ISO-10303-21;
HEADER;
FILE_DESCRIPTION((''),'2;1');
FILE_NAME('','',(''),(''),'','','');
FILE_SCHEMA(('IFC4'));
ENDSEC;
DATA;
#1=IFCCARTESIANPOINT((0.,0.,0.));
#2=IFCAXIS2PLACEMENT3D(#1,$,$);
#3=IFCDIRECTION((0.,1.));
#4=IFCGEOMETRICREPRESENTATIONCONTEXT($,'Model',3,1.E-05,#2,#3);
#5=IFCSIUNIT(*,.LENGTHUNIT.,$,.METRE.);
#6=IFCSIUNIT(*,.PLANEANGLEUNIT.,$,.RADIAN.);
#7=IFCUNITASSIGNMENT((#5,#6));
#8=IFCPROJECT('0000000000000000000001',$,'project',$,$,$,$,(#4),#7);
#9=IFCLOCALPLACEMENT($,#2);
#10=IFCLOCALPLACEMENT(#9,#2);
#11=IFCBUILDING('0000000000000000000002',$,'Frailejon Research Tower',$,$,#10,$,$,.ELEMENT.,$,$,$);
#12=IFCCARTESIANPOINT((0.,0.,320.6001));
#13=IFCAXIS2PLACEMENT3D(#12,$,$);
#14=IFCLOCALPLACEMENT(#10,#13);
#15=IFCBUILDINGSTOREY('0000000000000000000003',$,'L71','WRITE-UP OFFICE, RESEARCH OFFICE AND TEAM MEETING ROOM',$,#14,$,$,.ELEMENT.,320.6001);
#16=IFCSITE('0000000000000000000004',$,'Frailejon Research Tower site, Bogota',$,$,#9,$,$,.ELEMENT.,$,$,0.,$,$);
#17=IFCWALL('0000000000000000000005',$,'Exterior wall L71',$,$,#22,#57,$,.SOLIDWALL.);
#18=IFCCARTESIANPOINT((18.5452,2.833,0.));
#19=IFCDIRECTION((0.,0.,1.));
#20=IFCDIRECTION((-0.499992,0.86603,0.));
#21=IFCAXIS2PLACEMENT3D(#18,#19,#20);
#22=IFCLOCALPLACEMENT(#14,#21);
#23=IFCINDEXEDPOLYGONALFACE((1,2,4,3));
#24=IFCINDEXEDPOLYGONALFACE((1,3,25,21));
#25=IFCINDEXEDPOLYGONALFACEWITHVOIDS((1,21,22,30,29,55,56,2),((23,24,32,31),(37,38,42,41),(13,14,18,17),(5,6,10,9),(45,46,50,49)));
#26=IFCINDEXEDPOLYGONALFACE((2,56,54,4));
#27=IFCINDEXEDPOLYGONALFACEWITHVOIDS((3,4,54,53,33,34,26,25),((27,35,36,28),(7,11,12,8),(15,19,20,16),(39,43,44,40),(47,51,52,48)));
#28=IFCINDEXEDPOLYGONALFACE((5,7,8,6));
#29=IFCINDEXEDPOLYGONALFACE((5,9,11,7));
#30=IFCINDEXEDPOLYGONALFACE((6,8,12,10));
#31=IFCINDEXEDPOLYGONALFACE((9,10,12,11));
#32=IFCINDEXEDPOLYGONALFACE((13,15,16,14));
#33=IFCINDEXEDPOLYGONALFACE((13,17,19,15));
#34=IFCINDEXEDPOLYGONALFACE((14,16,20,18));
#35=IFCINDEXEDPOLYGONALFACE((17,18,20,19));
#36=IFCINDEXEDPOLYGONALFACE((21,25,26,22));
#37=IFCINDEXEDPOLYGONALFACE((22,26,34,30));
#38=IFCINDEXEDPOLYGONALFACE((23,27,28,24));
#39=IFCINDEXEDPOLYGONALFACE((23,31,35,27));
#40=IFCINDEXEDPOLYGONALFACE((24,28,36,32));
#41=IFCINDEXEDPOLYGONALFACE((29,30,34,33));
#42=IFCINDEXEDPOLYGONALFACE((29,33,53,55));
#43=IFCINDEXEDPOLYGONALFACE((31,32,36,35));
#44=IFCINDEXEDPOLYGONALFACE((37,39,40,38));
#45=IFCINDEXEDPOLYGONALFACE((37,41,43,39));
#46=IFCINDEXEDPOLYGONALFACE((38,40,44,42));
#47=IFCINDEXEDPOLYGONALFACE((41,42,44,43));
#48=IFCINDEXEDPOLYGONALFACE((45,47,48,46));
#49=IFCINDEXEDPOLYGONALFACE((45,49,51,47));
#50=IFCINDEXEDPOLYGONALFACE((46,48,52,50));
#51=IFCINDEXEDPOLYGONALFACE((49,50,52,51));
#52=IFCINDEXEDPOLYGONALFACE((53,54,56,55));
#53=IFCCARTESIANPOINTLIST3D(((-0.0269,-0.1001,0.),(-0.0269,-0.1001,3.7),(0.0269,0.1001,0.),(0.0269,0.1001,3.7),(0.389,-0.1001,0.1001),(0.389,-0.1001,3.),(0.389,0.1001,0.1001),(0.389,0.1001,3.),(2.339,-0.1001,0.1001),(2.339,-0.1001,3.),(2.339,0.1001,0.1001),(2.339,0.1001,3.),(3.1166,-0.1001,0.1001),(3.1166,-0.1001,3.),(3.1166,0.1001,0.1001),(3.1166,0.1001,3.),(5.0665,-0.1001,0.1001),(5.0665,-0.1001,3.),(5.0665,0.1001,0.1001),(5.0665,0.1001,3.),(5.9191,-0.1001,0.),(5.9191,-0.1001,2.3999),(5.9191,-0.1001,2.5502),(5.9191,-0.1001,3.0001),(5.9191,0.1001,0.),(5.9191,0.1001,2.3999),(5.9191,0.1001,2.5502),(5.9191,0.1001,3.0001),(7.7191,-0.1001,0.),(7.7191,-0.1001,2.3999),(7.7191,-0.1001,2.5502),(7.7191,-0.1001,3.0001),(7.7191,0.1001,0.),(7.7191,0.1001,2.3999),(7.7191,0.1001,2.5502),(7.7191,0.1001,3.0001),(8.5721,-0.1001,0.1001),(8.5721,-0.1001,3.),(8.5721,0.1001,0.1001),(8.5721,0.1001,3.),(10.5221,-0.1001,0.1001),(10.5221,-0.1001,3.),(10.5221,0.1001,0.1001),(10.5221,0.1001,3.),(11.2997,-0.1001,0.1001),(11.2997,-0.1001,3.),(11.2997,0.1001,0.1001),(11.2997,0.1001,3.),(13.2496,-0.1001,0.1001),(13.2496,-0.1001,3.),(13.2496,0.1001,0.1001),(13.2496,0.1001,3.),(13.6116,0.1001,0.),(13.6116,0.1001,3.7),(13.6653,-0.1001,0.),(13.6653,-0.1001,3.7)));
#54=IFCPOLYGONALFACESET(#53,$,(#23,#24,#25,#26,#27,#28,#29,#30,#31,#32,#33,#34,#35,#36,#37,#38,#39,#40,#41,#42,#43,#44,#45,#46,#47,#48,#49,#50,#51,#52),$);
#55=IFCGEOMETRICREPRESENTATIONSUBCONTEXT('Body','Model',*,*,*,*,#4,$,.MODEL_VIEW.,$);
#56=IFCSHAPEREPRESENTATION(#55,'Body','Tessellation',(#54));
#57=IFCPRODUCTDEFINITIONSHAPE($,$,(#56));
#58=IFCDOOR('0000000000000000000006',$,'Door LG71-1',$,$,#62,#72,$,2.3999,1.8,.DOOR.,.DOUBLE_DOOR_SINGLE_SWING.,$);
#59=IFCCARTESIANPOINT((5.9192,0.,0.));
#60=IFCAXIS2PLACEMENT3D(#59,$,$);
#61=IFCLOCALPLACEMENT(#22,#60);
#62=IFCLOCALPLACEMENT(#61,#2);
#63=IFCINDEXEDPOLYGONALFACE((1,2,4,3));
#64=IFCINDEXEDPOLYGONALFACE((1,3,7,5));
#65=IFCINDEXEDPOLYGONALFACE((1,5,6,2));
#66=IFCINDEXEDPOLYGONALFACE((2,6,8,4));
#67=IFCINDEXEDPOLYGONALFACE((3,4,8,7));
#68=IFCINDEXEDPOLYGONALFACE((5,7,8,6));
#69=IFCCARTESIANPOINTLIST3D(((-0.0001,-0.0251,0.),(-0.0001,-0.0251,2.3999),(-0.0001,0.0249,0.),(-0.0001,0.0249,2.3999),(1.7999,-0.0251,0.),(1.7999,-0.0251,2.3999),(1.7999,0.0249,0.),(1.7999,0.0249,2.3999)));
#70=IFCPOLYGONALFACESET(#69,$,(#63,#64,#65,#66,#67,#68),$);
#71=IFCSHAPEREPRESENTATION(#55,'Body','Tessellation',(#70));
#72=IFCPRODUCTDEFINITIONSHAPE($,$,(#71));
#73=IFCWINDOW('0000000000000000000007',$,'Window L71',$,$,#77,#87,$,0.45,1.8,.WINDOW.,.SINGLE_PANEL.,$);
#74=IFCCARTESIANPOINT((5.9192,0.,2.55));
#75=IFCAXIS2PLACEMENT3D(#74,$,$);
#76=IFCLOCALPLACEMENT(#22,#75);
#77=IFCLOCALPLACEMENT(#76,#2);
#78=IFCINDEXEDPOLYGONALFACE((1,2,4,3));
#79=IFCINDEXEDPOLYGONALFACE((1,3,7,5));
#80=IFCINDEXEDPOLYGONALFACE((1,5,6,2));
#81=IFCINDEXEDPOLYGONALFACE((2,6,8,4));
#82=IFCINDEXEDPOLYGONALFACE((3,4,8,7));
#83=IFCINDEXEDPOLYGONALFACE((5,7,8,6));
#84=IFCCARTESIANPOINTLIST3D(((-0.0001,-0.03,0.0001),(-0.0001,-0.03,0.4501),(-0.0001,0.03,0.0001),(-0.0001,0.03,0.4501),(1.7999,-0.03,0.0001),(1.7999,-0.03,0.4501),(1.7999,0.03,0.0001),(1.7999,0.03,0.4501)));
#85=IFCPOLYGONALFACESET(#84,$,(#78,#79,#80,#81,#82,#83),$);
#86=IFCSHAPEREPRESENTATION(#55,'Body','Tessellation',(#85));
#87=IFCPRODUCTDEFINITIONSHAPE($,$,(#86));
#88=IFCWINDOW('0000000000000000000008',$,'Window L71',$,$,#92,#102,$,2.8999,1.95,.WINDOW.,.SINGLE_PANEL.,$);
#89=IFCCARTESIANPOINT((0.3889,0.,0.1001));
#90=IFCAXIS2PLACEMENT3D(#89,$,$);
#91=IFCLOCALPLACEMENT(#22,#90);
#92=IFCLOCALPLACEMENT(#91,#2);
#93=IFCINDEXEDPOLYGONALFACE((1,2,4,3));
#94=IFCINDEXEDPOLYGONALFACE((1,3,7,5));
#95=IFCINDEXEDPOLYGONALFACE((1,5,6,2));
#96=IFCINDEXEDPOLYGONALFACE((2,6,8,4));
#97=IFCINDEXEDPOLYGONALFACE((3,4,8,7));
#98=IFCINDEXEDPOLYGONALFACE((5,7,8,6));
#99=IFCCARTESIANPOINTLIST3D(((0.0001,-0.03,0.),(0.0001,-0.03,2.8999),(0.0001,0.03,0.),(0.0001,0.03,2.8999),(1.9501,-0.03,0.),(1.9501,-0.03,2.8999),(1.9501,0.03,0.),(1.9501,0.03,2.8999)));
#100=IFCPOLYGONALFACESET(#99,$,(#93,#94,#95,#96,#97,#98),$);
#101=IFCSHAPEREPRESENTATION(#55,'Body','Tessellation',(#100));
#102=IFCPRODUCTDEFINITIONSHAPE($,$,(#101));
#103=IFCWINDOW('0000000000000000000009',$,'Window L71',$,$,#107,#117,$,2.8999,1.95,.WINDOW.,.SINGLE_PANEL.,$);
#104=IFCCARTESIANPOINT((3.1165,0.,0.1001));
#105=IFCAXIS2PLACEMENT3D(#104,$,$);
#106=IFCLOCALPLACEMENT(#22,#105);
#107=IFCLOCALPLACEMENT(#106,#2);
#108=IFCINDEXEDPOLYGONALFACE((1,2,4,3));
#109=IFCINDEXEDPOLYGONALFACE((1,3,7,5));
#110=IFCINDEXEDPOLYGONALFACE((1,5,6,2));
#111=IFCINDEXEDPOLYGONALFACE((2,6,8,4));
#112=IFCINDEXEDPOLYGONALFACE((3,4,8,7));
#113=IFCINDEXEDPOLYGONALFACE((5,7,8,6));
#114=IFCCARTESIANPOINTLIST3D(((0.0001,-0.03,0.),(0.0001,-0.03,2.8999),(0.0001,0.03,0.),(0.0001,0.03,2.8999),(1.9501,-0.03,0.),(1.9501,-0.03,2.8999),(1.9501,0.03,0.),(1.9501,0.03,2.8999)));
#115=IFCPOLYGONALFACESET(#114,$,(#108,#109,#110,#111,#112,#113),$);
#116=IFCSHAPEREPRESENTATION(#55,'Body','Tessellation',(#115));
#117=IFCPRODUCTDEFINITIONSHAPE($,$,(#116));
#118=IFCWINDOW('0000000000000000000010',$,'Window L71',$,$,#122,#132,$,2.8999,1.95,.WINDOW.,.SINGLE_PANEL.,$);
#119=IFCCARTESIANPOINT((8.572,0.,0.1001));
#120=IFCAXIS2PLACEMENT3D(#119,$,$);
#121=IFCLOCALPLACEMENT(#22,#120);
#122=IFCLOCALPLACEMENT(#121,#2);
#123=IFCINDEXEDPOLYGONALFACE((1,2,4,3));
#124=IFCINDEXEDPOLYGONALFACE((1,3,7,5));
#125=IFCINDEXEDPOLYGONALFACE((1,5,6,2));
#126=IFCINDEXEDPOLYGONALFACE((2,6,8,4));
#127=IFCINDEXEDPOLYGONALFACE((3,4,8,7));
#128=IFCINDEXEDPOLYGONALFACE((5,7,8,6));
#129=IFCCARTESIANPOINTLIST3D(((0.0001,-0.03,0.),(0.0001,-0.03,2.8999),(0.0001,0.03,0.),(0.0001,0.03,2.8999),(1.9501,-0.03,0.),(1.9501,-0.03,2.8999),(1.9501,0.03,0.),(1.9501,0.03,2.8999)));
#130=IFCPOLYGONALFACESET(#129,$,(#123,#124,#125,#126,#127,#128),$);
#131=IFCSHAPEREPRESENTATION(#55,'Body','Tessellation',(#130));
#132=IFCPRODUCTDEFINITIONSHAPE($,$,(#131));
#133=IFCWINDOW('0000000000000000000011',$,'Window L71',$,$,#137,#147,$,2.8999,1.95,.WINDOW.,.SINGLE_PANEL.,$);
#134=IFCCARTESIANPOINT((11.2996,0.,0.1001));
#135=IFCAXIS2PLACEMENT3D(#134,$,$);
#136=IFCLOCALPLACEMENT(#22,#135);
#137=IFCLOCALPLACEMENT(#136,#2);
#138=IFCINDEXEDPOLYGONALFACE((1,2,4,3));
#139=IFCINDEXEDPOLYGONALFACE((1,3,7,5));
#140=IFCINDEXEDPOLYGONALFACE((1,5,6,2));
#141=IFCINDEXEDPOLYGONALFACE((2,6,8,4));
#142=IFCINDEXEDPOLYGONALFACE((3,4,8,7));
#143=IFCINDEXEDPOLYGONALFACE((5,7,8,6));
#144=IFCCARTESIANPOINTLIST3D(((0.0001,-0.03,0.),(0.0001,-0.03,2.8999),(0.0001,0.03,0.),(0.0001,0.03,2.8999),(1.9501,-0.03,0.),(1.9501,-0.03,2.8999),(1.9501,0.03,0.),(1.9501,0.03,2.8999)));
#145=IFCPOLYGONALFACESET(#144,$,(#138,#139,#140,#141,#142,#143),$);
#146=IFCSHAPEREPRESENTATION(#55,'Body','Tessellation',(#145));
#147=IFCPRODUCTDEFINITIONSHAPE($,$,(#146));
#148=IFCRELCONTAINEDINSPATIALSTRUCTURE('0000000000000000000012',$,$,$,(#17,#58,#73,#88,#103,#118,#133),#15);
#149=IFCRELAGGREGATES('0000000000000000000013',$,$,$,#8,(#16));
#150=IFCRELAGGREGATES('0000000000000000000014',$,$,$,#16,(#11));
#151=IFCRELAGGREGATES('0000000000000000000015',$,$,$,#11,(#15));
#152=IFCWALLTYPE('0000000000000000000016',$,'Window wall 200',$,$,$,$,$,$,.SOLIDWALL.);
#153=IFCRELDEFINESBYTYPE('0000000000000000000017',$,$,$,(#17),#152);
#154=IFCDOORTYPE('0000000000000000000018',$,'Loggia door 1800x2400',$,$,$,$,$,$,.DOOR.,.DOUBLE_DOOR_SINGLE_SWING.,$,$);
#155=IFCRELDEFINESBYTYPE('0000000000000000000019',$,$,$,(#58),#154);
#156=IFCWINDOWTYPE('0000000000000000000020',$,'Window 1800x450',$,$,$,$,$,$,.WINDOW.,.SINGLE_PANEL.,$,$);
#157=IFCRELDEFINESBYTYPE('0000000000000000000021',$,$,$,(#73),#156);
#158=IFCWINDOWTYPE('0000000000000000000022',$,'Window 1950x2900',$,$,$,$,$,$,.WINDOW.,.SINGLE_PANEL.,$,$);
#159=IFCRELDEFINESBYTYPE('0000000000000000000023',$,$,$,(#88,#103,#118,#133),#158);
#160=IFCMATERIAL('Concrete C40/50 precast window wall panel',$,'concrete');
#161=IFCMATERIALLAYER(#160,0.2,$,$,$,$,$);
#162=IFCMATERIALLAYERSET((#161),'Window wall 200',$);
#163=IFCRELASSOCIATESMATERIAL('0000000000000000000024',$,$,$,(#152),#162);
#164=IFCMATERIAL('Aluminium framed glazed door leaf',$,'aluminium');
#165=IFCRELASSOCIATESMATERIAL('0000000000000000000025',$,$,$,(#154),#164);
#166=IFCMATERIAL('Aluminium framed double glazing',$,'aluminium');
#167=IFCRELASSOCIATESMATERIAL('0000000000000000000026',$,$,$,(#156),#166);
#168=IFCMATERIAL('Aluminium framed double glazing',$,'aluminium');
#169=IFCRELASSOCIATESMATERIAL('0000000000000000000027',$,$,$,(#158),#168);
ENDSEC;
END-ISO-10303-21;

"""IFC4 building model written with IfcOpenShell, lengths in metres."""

from ifc_helpers import new_model, si_unit, direction, frame, frame_2d, origin, place, context, subcontext, project, spatial, polyline, rectangle, outline, extrude, material, layer, layer_set, type_object, element, fill, save


model = new_model("IFC4")

# Units and contexts
model_context = context("Model", 3, precision=1e-05, world=origin(), true_north=direction((0.0, 1.0)))
body_context = subcontext(model_context, "Body", "Model", "MODEL_VIEW")
ifc_project = project(units=[si_unit("LENGTHUNIT", "METRE"), si_unit("PLANEANGLEUNIT", "RADIAN")], contexts=[model_context])

# Site, building, storey
site_placement = place(None, origin())
site = spatial("IfcSite", under=ifc_project, at=site_placement, Name="Frailejon Research Tower site, Bogota", CompositionType="ELEMENT", RefElevation=0.0)
building_placement = place(site_placement, origin())
building = spatial("IfcBuilding", under=site, at=building_placement, Name="Frailejon Research Tower", CompositionType="ELEMENT")
storey_placement = place(building_placement, frame((0.0, 0.0, 320.6001)))
storey = spatial("IfcBuildingStorey", under=building, at=storey_placement, Name="L71", Description="WRITE-UP OFFICE, RESEARCH OFFICE AND TEAM MEETING ROOM", CompositionType="ELEMENT", Elevation=320.6001)

# Wall, openings, door, windows
ifc_material_1 = material(Name="Concrete C40/50 precast window wall panel", Category="concrete")
ifc_layer_1 = layer(ifc_material_1, 0.2)
ifc_layer_set_1 = layer_set([ifc_layer_1], Name="Window wall 200")
wall_type = type_object("IfcWallType", Name="Window wall 200", PredefinedType="SOLIDWALL", material=ifc_layer_set_1)
wall_placement = place(storey_placement, frame((18.5452, 2.833, 0.0), z_axis=(0.0, 0.0, 1.0), x_axis=(-0.499992, 0.86603, 0.0)))
wall = element("IfcWall", 1, at=wall_placement, inside=storey, type_object=wall_type, Name="Exterior wall L71", PredefinedType="SOLIDWALL", context=body_context, shape_type="SweptSolid", body=[
    extrude(outline(polyline([(-0.0269, -0.1001), (1.0264, -0.1001), (2.0796, -0.1001), (3.1328, -0.1001), (4.186, -0.1001), (5.2393, -0.1001), (6.2925, -0.1001), (7.3459, -0.1001), (8.3992, -0.1001), (9.4524, -0.1001), (10.5056, -0.1001), (11.5588, -0.1001), (12.6121, -0.1001), (13.6653, -0.1001), (13.6116, 0.1001), (12.5667, 0.1001), (11.5217, 0.1001), (10.4766, 0.1001), (9.4316, 0.1001), (8.3867, 0.1001), (7.3418, 0.1001), (6.2966, 0.1001), (5.2517, 0.1001), (4.2068, 0.1001), (3.1619, 0.1001), (2.1167, 0.1001), (1.0718, 0.1001), (0.0269, 0.1001), (-0.0269, -0.1001)])), origin(), (0.0, 0.0, 1.0), 3.7),
])
opening_1_placement = place(wall_placement, frame((0.3889, 0.0, 0.1001)))
opening_1 = element("IfcOpeningElement", 2, at=opening_1_placement, cuts=wall, PredefinedType="OPENING", context=body_context, shape_type="SweptSolid", body=[
    extrude(rectangle(XDim=1.95, YDim=2.8999, at=frame_2d((0.9751, 1.45))), frame((0.0, 0.1099, 0.0), z_axis=(0.0, -1.0, 0.0), x_axis=(1.0, 0.0, 0.0)), (0.0, 0.0, 1.0), 0.22),
])
opening_2_placement = place(wall_placement, frame((3.1165, 0.0, 0.1001)))
opening_2 = element("IfcOpeningElement", 3, at=opening_2_placement, cuts=wall, PredefinedType="OPENING", context=body_context, shape_type="SweptSolid", body=[
    extrude(rectangle(XDim=1.95, YDim=2.8999, at=frame_2d((0.9751, 1.45))), frame((0.0, 0.1099, 0.0), z_axis=(0.0, -1.0, 0.0), x_axis=(1.0, 0.0, 0.0)), (0.0, 0.0, 1.0), 0.22),
])
opening_3_placement = place(wall_placement, frame((5.9192, 0.0, 0.0)))
opening_3 = element("IfcOpeningElement", 4, at=opening_3_placement, cuts=wall, PredefinedType="OPENING", context=body_context, shape_type="SweptSolid", body=[
    extrude(rectangle(XDim=1.8, YDim=2.3999, at=frame_2d((0.8999, 1.2))), frame((0.0, 0.1099, 0.0), z_axis=(0.0, -1.0, 0.0), x_axis=(1.0, 0.0, 0.0)), (0.0, 0.0, 1.0), 0.22),
])
opening_4_placement = place(wall_placement, frame((5.9192, 0.0, 2.55)))
opening_4 = element("IfcOpeningElement", 5, at=opening_4_placement, cuts=wall, PredefinedType="OPENING", context=body_context, shape_type="SweptSolid", body=[
    extrude(rectangle(XDim=1.8, YDim=0.45, at=frame_2d((0.8999, 0.2251))), frame((0.0, 0.1099, 0.0), z_axis=(0.0, -1.0, 0.0), x_axis=(1.0, 0.0, 0.0)), (0.0, 0.0, 1.0), 0.22),
])
opening_5_placement = place(wall_placement, frame((8.572, 0.0, 0.1001)))
opening_5 = element("IfcOpeningElement", 6, at=opening_5_placement, cuts=wall, PredefinedType="OPENING", context=body_context, shape_type="SweptSolid", body=[
    extrude(rectangle(XDim=1.95, YDim=2.8999, at=frame_2d((0.9751, 1.45))), frame((0.0, 0.1099, 0.0), z_axis=(0.0, -1.0, 0.0), x_axis=(1.0, 0.0, 0.0)), (0.0, 0.0, 1.0), 0.22),
])
opening_6_placement = place(wall_placement, frame((11.2996, 0.0, 0.1001)))
opening_6 = element("IfcOpeningElement", 7, at=opening_6_placement, cuts=wall, PredefinedType="OPENING", context=body_context, shape_type="SweptSolid", body=[
    extrude(rectangle(XDim=1.95, YDim=2.8999, at=frame_2d((0.9751, 1.45))), frame((0.0, 0.1099, 0.0), z_axis=(0.0, -1.0, 0.0), x_axis=(1.0, 0.0, 0.0)), (0.0, 0.0, 1.0), 0.22),
])
ifc_material_2 = material(Name="Aluminium framed glazed door leaf", Category="aluminium")
door_type = type_object("IfcDoorType", Name="Loggia door 1800x2400", OperationType="DOUBLE_DOOR_SINGLE_SWING", PredefinedType="DOOR", material=ifc_material_2)
door_placement = place(opening_3_placement, origin())
door = element("IfcDoor", 8, at=door_placement, inside=storey, type_object=door_type, Name="Door LG71-1", OperationType="DOUBLE_DOOR_SINGLE_SWING", OverallHeight=2.3999, OverallWidth=1.8, PredefinedType="DOOR", context=body_context, shape_type="SweptSolid", body=[
    extrude(rectangle(XDim=1.8, YDim=2.3999, at=frame_2d((0.8999, 1.2))), frame((0.0, 0.0249, 0.0), z_axis=(0.0, -1.0, 0.0), x_axis=(1.0, 0.0, 0.0)), (0.0, 0.0, 1.0), 0.05),
])
fill(opening_3, door)
ifc_material_3 = material(Name="Aluminium framed double glazing", Category="aluminium")
window_type_1 = type_object("IfcWindowType", Name="Window 1800x450", PartitioningType="SINGLE_PANEL", PredefinedType="WINDOW", material=ifc_material_3)
window_1_placement = place(opening_4_placement, origin())
window_1 = element("IfcWindow", 9, at=window_1_placement, inside=storey, type_object=window_type_1, Name="Window L71", OverallHeight=0.45, OverallWidth=1.8, PartitioningType="SINGLE_PANEL", PredefinedType="WINDOW", context=body_context, shape_type="SweptSolid", body=[
    extrude(rectangle(XDim=1.8, YDim=0.45, at=frame_2d((0.8999, 0.2251))), frame((0.0, 0.03, 0.0), z_axis=(0.0, -1.0, 0.0), x_axis=(1.0, 0.0, 0.0)), (0.0, 0.0, 1.0), 0.0601),
])
fill(opening_4, window_1)
ifc_material_4 = material(Name="Aluminium framed double glazing", Category="aluminium")
window_type_2 = type_object("IfcWindowType", Name="Window 1950x2900", PartitioningType="SINGLE_PANEL", PredefinedType="WINDOW", material=ifc_material_4)
window_2_placement = place(opening_1_placement, origin())
window_2 = element("IfcWindow", 10, at=window_2_placement, inside=storey, type_object=window_type_2, Name="Window L71", OverallHeight=2.8999, OverallWidth=1.95, PartitioningType="SINGLE_PANEL", PredefinedType="WINDOW", context=body_context, shape_type="SweptSolid", body=[
    extrude(rectangle(XDim=1.95, YDim=2.8999, at=frame_2d((0.9751, 1.45))), frame((0.0, 0.03, 0.0), z_axis=(0.0, -1.0, 0.0), x_axis=(1.0, 0.0, 0.0)), (0.0, 0.0, 1.0), 0.0601),
])
fill(opening_1, window_2)
window_3_placement = place(opening_2_placement, origin())
window_3 = element("IfcWindow", 11, at=window_3_placement, inside=storey, type_object=window_type_2, Name="Window L71", OverallHeight=2.8999, OverallWidth=1.95, PartitioningType="SINGLE_PANEL", PredefinedType="WINDOW", context=body_context, shape_type="SweptSolid", body=[
    extrude(rectangle(XDim=1.95, YDim=2.8999, at=frame_2d((0.9751, 1.45))), frame((0.0, 0.03, 0.0), z_axis=(0.0, -1.0, 0.0), x_axis=(1.0, 0.0, 0.0)), (0.0, 0.0, 1.0), 0.0601),
])
fill(opening_2, window_3)
window_4_placement = place(opening_5_placement, origin())
window_4 = element("IfcWindow", 12, at=window_4_placement, inside=storey, type_object=window_type_2, Name="Window L71", OverallHeight=2.8999, OverallWidth=1.95, PartitioningType="SINGLE_PANEL", PredefinedType="WINDOW", context=body_context, shape_type="SweptSolid", body=[
    extrude(rectangle(XDim=1.95, YDim=2.8999, at=frame_2d((0.9751, 1.45))), frame((0.0, 0.03, 0.0), z_axis=(0.0, -1.0, 0.0), x_axis=(1.0, 0.0, 0.0)), (0.0, 0.0, 1.0), 0.0601),
])
fill(opening_5, window_4)
window_5_placement = place(opening_6_placement, origin())
window_5 = element("IfcWindow", 13, at=window_5_placement, inside=storey, type_object=window_type_2, Name="Window L71", OverallHeight=2.8999, OverallWidth=1.95, PartitioningType="SINGLE_PANEL", PredefinedType="WINDOW", context=body_context, shape_type="SweptSolid", body=[
    extrude(rectangle(XDim=1.95, YDim=2.8999, at=frame_2d((0.9751, 1.45))), frame((0.0, 0.03, 0.0), z_axis=(0.0, -1.0, 0.0), x_axis=(1.0, 0.0, 0.0)), (0.0, 0.0, 1.0), 0.0601),
])
fill(opening_6, window_5)

save(model, "model.ifc")
